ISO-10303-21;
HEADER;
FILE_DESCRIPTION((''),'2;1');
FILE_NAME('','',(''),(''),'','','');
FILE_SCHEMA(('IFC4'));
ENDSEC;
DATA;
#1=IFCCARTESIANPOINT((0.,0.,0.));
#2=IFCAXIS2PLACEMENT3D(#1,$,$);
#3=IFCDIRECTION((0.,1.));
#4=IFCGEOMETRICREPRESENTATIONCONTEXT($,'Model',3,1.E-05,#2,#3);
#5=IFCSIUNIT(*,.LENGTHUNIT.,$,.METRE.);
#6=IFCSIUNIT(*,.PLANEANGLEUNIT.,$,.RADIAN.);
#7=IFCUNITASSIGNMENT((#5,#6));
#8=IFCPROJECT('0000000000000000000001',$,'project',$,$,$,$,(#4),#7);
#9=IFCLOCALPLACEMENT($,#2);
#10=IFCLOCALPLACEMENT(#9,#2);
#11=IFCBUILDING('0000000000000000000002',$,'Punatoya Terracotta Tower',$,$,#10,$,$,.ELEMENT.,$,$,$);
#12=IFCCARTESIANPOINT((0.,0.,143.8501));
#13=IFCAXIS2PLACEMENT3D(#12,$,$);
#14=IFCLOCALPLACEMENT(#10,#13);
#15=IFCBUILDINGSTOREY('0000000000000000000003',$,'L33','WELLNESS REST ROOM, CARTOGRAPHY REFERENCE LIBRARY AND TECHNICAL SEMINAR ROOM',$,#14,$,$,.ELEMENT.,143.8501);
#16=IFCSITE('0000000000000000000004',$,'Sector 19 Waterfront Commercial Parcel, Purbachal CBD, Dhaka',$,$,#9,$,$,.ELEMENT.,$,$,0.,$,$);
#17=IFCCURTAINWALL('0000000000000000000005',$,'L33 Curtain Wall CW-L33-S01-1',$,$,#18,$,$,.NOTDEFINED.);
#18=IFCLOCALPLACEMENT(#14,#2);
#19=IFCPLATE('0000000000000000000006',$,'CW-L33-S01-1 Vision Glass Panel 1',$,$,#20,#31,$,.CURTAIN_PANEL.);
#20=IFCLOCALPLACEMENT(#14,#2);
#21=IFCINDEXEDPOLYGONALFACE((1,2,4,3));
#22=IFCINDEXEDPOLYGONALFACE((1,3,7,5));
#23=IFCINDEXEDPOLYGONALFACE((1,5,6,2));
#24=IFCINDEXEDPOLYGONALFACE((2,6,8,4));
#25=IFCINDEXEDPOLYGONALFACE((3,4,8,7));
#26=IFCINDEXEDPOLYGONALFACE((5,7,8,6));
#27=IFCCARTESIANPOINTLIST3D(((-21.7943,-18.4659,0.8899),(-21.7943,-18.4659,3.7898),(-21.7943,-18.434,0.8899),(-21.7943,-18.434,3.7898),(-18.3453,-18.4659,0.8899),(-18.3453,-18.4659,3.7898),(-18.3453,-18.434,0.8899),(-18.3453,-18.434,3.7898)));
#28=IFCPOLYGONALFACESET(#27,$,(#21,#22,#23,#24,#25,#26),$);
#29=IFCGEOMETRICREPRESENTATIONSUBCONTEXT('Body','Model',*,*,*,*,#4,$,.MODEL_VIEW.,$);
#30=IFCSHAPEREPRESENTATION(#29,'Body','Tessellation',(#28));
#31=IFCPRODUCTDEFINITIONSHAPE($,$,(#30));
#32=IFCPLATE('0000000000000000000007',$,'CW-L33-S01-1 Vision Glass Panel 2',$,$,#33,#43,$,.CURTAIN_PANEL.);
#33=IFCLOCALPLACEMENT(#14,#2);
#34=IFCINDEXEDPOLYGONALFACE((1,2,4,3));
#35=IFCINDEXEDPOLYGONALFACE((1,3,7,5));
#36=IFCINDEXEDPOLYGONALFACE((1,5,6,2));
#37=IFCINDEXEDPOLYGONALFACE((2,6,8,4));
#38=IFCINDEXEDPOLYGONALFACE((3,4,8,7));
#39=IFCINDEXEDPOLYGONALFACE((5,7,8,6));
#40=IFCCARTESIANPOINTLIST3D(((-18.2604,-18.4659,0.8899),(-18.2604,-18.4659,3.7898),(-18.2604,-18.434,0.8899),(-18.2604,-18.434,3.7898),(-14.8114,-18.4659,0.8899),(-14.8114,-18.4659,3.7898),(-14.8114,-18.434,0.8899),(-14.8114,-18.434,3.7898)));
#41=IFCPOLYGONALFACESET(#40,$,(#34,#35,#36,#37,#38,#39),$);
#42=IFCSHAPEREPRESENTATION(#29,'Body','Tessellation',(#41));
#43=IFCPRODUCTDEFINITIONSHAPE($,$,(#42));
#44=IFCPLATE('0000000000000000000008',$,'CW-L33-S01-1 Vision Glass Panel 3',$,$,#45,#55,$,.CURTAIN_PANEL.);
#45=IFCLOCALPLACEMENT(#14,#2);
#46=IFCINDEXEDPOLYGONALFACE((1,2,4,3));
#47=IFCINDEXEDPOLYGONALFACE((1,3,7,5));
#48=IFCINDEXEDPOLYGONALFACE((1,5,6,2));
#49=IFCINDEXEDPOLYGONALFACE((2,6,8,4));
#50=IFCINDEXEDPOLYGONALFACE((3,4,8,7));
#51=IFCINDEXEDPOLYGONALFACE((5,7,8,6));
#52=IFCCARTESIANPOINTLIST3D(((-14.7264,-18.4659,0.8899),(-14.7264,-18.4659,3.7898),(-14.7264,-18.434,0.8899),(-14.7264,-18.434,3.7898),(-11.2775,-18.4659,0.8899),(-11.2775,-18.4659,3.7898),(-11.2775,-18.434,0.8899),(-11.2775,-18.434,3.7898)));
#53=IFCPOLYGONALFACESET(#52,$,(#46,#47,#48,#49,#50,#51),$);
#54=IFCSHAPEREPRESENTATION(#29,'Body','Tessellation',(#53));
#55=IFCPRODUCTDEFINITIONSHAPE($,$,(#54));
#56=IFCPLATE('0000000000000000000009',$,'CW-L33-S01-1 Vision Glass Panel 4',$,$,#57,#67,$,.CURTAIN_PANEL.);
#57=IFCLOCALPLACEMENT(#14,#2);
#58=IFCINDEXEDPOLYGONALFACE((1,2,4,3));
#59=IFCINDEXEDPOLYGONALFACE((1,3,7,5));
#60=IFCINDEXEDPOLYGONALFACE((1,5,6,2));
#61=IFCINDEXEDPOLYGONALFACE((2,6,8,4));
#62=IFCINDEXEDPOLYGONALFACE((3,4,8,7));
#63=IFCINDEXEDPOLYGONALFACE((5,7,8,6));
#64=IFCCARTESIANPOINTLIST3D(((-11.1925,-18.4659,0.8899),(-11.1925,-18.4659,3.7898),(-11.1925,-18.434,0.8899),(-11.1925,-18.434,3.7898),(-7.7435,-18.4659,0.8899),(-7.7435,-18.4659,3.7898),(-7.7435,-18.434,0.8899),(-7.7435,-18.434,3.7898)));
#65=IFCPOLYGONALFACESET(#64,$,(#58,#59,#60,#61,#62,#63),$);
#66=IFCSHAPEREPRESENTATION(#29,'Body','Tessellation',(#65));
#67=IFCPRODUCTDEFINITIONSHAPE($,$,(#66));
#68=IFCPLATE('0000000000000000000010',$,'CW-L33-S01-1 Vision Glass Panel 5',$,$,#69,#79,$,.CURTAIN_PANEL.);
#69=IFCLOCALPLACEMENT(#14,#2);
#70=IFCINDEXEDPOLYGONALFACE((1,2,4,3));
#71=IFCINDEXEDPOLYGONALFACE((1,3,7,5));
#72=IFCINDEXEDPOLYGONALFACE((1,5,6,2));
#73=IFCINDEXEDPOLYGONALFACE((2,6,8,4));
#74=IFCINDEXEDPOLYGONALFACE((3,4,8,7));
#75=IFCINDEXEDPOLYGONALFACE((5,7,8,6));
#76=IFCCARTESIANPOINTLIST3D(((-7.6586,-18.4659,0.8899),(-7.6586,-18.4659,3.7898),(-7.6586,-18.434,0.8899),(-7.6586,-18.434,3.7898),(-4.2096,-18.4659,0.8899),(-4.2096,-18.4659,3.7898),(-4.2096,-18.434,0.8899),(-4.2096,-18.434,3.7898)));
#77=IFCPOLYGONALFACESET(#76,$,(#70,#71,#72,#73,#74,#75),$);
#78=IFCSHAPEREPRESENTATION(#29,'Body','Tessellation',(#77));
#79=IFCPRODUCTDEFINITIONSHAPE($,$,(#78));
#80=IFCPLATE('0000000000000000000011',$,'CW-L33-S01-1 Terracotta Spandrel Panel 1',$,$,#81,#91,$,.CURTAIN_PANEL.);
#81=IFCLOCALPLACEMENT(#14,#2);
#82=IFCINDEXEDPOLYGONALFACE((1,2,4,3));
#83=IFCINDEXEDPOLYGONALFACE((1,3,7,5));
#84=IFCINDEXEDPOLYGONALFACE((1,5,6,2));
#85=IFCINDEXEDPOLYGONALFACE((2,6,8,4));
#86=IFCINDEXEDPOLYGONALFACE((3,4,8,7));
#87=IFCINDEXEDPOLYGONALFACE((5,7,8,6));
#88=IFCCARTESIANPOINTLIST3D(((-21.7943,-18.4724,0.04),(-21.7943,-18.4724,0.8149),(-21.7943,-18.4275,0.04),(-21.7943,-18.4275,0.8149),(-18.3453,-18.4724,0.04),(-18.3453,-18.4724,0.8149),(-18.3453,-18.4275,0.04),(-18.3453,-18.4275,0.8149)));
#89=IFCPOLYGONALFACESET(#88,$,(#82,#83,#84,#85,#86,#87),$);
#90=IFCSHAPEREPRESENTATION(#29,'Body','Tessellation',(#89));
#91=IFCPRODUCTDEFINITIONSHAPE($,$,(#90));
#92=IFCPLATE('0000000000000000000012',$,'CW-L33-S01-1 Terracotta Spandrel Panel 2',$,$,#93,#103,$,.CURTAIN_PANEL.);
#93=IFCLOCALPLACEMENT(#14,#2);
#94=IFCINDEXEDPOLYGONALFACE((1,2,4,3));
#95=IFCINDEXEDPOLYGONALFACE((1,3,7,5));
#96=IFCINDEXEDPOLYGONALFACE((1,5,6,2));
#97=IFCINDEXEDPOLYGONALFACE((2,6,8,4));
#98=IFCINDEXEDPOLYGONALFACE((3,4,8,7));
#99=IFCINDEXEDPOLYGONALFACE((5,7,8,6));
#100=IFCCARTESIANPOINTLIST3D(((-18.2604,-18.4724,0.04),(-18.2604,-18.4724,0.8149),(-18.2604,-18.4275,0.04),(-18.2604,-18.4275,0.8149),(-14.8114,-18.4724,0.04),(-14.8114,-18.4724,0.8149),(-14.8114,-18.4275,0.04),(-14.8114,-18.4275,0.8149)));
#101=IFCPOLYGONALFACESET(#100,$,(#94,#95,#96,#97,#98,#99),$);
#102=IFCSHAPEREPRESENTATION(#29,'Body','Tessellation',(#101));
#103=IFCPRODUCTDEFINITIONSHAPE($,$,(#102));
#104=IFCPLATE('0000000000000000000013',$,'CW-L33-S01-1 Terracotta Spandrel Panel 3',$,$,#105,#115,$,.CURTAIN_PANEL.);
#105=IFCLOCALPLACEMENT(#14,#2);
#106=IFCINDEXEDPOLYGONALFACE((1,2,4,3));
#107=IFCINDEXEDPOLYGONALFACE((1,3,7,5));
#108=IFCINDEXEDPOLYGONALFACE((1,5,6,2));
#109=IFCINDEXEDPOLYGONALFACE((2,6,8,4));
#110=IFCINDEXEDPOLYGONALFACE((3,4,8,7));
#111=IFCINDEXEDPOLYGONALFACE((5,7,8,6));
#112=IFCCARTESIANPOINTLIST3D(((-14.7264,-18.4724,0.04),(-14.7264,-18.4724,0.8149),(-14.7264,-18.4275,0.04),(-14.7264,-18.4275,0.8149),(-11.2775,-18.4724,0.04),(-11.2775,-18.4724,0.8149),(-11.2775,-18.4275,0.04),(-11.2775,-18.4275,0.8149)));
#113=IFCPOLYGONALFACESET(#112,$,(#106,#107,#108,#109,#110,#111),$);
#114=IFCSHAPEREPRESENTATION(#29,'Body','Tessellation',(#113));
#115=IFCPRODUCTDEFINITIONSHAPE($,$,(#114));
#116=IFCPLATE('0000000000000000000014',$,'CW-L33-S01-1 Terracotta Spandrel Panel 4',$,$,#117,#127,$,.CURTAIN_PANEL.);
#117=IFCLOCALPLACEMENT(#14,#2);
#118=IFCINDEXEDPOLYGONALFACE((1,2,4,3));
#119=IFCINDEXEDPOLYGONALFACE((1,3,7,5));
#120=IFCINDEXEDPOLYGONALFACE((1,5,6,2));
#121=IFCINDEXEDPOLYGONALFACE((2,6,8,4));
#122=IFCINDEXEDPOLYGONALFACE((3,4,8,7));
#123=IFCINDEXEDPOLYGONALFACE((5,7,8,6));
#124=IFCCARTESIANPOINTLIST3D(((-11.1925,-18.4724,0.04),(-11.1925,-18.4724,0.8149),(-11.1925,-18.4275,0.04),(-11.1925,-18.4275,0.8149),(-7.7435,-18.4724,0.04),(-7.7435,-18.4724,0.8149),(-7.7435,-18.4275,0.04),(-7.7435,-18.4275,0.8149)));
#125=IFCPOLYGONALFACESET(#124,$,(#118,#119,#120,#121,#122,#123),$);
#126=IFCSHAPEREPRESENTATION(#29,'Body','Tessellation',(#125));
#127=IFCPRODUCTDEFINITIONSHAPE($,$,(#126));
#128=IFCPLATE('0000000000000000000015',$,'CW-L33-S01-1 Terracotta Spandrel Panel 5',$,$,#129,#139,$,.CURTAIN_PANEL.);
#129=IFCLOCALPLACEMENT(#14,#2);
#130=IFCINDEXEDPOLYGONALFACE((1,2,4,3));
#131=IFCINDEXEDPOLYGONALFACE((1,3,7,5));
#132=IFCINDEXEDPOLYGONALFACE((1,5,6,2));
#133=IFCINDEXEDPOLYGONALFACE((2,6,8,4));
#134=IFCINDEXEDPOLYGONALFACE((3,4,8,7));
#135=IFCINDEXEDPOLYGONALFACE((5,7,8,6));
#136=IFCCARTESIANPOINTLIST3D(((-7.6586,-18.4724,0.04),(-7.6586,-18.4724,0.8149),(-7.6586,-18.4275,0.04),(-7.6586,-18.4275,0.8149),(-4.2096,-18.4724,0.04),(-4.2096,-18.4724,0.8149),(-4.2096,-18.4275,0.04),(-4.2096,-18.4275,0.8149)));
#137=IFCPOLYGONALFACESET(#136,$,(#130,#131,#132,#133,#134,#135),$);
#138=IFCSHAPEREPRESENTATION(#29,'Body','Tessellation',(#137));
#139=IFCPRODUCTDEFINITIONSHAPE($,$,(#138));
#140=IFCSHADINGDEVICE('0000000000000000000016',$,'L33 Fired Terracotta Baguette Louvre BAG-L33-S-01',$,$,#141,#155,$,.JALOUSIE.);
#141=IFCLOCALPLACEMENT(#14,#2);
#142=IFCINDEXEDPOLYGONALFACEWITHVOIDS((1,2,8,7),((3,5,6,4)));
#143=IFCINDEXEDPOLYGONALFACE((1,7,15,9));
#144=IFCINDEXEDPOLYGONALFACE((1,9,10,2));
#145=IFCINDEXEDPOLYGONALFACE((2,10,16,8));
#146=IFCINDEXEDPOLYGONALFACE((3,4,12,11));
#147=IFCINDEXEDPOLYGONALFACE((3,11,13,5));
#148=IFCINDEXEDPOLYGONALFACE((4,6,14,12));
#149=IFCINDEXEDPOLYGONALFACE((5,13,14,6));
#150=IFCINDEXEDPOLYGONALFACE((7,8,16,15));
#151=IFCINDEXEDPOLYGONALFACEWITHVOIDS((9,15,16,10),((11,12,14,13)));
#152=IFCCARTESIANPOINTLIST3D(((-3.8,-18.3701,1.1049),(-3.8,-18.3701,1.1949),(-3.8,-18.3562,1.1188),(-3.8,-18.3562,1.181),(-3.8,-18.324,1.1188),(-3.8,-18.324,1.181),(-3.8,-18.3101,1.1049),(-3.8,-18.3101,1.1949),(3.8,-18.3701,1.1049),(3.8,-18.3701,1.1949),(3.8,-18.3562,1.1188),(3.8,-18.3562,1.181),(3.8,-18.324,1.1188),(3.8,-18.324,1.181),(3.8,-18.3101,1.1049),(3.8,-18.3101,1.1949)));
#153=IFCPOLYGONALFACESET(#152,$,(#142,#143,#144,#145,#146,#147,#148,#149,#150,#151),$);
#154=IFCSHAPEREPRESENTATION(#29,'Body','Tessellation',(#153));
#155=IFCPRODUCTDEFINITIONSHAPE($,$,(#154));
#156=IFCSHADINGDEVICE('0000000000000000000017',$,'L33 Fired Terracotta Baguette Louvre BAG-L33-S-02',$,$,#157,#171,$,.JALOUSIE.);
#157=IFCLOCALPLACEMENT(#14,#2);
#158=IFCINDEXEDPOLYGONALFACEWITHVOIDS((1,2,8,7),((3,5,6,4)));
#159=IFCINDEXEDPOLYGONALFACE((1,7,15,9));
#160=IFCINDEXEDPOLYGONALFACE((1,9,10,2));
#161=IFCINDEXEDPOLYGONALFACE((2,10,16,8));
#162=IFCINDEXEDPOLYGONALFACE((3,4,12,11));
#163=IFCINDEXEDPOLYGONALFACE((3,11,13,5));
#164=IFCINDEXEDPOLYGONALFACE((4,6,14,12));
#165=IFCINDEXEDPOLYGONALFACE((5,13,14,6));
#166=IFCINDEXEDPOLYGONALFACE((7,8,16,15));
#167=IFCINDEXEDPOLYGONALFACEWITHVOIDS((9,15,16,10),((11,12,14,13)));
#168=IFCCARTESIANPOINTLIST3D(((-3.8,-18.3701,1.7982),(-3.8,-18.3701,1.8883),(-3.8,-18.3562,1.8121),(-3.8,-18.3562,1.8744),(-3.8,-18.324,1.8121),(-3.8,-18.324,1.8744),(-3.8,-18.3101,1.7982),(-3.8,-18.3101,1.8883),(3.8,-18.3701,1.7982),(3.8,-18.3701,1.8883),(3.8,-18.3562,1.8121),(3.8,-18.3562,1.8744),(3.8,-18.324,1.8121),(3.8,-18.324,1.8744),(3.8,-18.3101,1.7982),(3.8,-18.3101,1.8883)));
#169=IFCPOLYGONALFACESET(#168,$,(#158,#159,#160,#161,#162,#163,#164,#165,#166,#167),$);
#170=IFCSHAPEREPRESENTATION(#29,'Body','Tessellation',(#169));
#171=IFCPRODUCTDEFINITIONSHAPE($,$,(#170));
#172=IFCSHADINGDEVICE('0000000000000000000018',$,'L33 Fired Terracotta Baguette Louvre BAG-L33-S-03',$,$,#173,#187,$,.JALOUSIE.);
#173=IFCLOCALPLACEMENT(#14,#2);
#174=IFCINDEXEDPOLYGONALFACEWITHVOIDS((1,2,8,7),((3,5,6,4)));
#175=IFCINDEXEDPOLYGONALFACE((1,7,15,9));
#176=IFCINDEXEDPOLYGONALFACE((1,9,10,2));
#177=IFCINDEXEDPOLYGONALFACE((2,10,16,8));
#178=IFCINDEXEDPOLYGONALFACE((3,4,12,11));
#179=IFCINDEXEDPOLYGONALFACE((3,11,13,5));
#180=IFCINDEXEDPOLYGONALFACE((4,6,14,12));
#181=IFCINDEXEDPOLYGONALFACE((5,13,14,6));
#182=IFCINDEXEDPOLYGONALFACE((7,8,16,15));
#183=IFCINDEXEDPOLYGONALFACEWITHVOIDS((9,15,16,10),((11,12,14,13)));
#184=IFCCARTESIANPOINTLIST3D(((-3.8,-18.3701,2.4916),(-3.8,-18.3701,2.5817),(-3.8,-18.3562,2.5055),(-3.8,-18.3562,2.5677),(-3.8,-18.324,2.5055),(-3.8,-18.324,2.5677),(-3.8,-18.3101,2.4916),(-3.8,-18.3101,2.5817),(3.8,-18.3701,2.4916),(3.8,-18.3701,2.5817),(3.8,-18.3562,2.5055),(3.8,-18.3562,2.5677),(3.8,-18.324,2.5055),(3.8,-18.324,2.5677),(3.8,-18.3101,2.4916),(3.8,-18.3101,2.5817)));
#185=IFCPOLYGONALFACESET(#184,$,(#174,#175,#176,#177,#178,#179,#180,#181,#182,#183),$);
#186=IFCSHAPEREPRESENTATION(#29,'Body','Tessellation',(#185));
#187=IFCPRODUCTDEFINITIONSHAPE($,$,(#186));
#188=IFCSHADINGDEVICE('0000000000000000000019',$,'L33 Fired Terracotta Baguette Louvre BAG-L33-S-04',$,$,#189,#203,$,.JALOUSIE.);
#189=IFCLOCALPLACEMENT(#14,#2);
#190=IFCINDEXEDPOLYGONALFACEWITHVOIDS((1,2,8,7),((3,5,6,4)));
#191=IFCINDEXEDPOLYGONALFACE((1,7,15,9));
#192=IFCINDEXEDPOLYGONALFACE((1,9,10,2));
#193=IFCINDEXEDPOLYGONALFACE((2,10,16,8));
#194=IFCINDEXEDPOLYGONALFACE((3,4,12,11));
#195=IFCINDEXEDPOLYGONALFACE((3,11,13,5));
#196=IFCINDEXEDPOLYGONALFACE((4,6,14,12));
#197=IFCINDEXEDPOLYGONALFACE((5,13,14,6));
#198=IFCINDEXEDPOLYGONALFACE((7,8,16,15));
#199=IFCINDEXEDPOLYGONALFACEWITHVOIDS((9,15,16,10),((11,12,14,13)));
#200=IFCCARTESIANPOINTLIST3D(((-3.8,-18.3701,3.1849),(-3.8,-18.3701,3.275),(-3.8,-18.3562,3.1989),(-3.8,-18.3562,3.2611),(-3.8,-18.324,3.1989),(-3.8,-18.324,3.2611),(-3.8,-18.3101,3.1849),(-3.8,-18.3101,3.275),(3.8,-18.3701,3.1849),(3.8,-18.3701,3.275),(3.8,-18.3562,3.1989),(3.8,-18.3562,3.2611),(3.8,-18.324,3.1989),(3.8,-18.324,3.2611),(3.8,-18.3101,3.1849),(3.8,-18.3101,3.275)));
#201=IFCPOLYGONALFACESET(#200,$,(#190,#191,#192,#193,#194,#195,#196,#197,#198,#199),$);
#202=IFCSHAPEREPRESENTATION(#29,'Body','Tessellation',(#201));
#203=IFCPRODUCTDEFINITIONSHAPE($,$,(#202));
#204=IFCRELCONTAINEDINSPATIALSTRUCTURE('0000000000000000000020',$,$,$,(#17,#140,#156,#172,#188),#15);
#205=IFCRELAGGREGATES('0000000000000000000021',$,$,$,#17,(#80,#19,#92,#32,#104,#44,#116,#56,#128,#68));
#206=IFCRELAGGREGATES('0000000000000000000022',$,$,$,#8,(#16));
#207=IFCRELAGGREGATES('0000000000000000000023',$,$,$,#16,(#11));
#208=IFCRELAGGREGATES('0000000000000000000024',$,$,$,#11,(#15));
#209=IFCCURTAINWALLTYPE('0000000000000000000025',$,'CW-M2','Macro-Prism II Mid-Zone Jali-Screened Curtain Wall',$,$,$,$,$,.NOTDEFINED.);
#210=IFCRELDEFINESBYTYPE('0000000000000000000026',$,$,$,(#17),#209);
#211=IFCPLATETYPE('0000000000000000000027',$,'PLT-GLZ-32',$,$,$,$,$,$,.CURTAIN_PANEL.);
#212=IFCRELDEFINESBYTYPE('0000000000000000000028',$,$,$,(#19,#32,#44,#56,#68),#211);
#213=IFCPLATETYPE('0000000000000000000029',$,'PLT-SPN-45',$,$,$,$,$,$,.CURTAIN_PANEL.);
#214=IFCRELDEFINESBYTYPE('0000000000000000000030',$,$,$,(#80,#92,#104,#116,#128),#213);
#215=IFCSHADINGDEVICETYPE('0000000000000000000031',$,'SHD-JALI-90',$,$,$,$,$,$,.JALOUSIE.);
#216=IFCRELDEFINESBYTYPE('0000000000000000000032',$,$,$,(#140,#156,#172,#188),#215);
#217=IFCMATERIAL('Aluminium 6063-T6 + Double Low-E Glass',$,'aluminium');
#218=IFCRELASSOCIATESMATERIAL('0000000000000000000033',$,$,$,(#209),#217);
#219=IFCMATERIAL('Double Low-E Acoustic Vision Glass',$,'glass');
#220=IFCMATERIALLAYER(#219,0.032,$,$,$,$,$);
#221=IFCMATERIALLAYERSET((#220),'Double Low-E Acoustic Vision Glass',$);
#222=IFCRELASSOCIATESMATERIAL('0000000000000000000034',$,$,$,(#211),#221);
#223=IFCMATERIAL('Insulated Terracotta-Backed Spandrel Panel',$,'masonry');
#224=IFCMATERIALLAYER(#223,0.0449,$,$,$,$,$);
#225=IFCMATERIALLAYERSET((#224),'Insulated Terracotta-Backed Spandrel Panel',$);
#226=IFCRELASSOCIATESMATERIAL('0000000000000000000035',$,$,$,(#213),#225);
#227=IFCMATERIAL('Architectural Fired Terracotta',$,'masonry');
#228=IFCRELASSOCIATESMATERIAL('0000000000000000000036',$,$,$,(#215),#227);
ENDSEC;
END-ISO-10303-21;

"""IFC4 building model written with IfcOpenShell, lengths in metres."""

from ifc_helpers import new_model, si_unit, direction, frame, origin, origin_2d, place, context, subcontext, project, spatial, rectangle, hollow_rectangle, extrude, material, layer, layer_set, material_profile, profile_set, type_object, element, aggregate, save


model = new_model("IFC4")

# Units and contexts
model_context = context("Model", 3, precision=1e-05, world=origin(), true_north=direction((0.0, 1.0)))
body_context = subcontext(model_context, "Body", "Model", "MODEL_VIEW")
ifc_project = project(units=[si_unit("LENGTHUNIT", "METRE"), si_unit("PLANEANGLEUNIT", "RADIAN")], contexts=[model_context])

# Site, building, storey
site_placement = place(None, origin())
site = spatial("IfcSite", under=ifc_project, at=site_placement, Name="Sector 19 Waterfront Commercial Parcel, Purbachal CBD, Dhaka", CompositionType="ELEMENT", RefElevation=0.0)
building_placement = place(site_placement, origin())
building = spatial("IfcBuilding", under=site, at=building_placement, Name="Punatoya Terracotta Tower", CompositionType="ELEMENT")
storey_placement = place(building_placement, frame((0.0, 0.0, 143.8501)))
storey = spatial("IfcBuildingStorey", under=building, at=storey_placement, Name="L33", Description="WELLNESS REST ROOM, CARTOGRAPHY REFERENCE LIBRARY AND TECHNICAL SEMINAR ROOM", CompositionType="ELEMENT", Elevation=143.8501)

# Curtain wall
ifc_material_1 = material(Name="Aluminium 6063-T6 + Double Low-E Glass", Category="aluminium")
curtain_wall_type = type_object("IfcCurtainWallType", Name="CW-M2", Description="Macro-Prism II Mid-Zone Jali-Screened Curtain Wall", PredefinedType="NOTDEFINED", material=ifc_material_1)
curtain_wall_placement = place(storey_placement, origin())
curtain_wall = element("IfcCurtainWall", 1, at=curtain_wall_placement, inside=storey, type_object=curtain_wall_type, Name="L33 Curtain Wall CW-L33-S01-1", PredefinedType="NOTDEFINED")

# Plates
ifc_material_2 = material(Name="Double Low-E Acoustic Vision Glass", Category="glass")
ifc_layer_1 = layer(ifc_material_2, 0.032)
ifc_layer_set_1 = layer_set([ifc_layer_1], Name="Double Low-E Acoustic Vision Glass")
plate_type_1 = type_object("IfcPlateType", Name="PLT-GLZ-32", PredefinedType="CURTAIN_PANEL", material=ifc_layer_set_1)
plate_1_placement = place(storey_placement, frame((-20.0698, -18.45, 0.8899), z_axis=(0.0, 0.0, 1.0), x_axis=(1.0, 0.0, 0.0)))
plate_1 = element("IfcPlate", 2, at=plate_1_placement, type_object=plate_type_1, Name="CW-L33-S01-1 Vision Glass Panel 1", PredefinedType="CURTAIN_PANEL", context=body_context, shape_type="SweptSolid", body=[
    extrude(rectangle(XDim=3.449, YDim=0.032, at=origin_2d()), origin(), (0.0, 0.0, 1.0), 2.8999),
])
plate_2_placement = place(storey_placement, frame((-16.5359, -18.45, 0.8899), z_axis=(0.0, 0.0, 1.0), x_axis=(1.0, 0.0, 0.0)))
plate_2 = element("IfcPlate", 3, at=plate_2_placement, type_object=plate_type_1, Name="CW-L33-S01-1 Vision Glass Panel 2", PredefinedType="CURTAIN_PANEL", context=body_context, shape_type="SweptSolid", body=[
    extrude(rectangle(XDim=3.449, YDim=0.032, at=origin_2d()), origin(), (0.0, 0.0, 1.0), 2.8999),
])
plate_3_placement = place(storey_placement, frame((-13.002, -18.45, 0.8899), z_axis=(0.0, 0.0, 1.0), x_axis=(1.0, 0.0, 0.0)))
plate_3 = element("IfcPlate", 4, at=plate_3_placement, type_object=plate_type_1, Name="CW-L33-S01-1 Vision Glass Panel 3", PredefinedType="CURTAIN_PANEL", context=body_context, shape_type="SweptSolid", body=[
    extrude(rectangle(XDim=3.449, YDim=0.032, at=origin_2d()), origin(), (0.0, 0.0, 1.0), 2.8999),
])
plate_4_placement = place(storey_placement, frame((-9.468, -18.45, 0.8899), z_axis=(0.0, 0.0, 1.0), x_axis=(1.0, 0.0, 0.0)))
plate_4 = element("IfcPlate", 5, at=plate_4_placement, type_object=plate_type_1, Name="CW-L33-S01-1 Vision Glass Panel 4", PredefinedType="CURTAIN_PANEL", context=body_context, shape_type="SweptSolid", body=[
    extrude(rectangle(XDim=3.449, YDim=0.032, at=origin_2d()), origin(), (0.0, 0.0, 1.0), 2.8999),
])
plate_5_placement = place(storey_placement, frame((-5.9341, -18.45, 0.8899), z_axis=(0.0, 0.0, 1.0), x_axis=(1.0, 0.0, 0.0)))
plate_5 = element("IfcPlate", 6, at=plate_5_placement, type_object=plate_type_1, Name="CW-L33-S01-1 Vision Glass Panel 5", PredefinedType="CURTAIN_PANEL", context=body_context, shape_type="SweptSolid", body=[
    extrude(rectangle(XDim=3.449, YDim=0.032, at=origin_2d()), origin(), (0.0, 0.0, 1.0), 2.8999),
])
ifc_material_3 = material(Name="Insulated Terracotta-Backed Spandrel Panel", Category="masonry")
ifc_layer_2 = layer(ifc_material_3, 0.0449)
ifc_layer_set_2 = layer_set([ifc_layer_2], Name="Insulated Terracotta-Backed Spandrel Panel")
plate_type_2 = type_object("IfcPlateType", Name="PLT-SPN-45", PredefinedType="CURTAIN_PANEL", material=ifc_layer_set_2)
plate_6_placement = place(storey_placement, frame((-20.0698, -18.45, 0.04), z_axis=(0.0, 0.0, 1.0), x_axis=(1.0, 0.0, 0.0)))
plate_6 = element("IfcPlate", 7, at=plate_6_placement, type_object=plate_type_2, Name="CW-L33-S01-1 Terracotta Spandrel Panel 1", PredefinedType="CURTAIN_PANEL", context=body_context, shape_type="SweptSolid", body=[
    extrude(rectangle(XDim=3.449, YDim=0.0449, at=origin_2d()), origin(), (0.0, 0.0, 1.0), 0.7749),
])
plate_7_placement = place(storey_placement, frame((-16.5359, -18.45, 0.04), z_axis=(0.0, 0.0, 1.0), x_axis=(1.0, 0.0, 0.0)))
plate_7 = element("IfcPlate", 8, at=plate_7_placement, type_object=plate_type_2, Name="CW-L33-S01-1 Terracotta Spandrel Panel 2", PredefinedType="CURTAIN_PANEL", context=body_context, shape_type="SweptSolid", body=[
    extrude(rectangle(XDim=3.449, YDim=0.0449, at=origin_2d()), origin(), (0.0, 0.0, 1.0), 0.7749),
])
plate_8_placement = place(storey_placement, frame((-13.002, -18.45, 0.04), z_axis=(0.0, 0.0, 1.0), x_axis=(1.0, 0.0, 0.0)))
plate_8 = element("IfcPlate", 9, at=plate_8_placement, type_object=plate_type_2, Name="CW-L33-S01-1 Terracotta Spandrel Panel 3", PredefinedType="CURTAIN_PANEL", context=body_context, shape_type="SweptSolid", body=[
    extrude(rectangle(XDim=3.449, YDim=0.0449, at=origin_2d()), origin(), (0.0, 0.0, 1.0), 0.7749),
])
plate_9_placement = place(storey_placement, frame((-9.468, -18.45, 0.04), z_axis=(0.0, 0.0, 1.0), x_axis=(1.0, 0.0, 0.0)))
plate_9 = element("IfcPlate", 10, at=plate_9_placement, type_object=plate_type_2, Name="CW-L33-S01-1 Terracotta Spandrel Panel 4", PredefinedType="CURTAIN_PANEL", context=body_context, shape_type="SweptSolid", body=[
    extrude(rectangle(XDim=3.449, YDim=0.0449, at=origin_2d()), origin(), (0.0, 0.0, 1.0), 0.7749),
])
plate_10_placement = place(storey_placement, frame((-5.9341, -18.45, 0.04), z_axis=(0.0, 0.0, 1.0), x_axis=(1.0, 0.0, 0.0)))
plate_10 = element("IfcPlate", 11, at=plate_10_placement, type_object=plate_type_2, Name="CW-L33-S01-1 Terracotta Spandrel Panel 5", PredefinedType="CURTAIN_PANEL", context=body_context, shape_type="SweptSolid", body=[
    extrude(rectangle(XDim=3.449, YDim=0.0449, at=origin_2d()), origin(), (0.0, 0.0, 1.0), 0.7749),
])
aggregate(curtain_wall, [plate_6, plate_1, plate_7, plate_2, plate_8, plate_3, plate_9, plate_4, plate_10, plate_5])

# Shading devices
ifc_material_4 = material(Name="Architectural Fired Terracotta", Category="masonry")
ifc_material_profile_1 = material_profile(ifc_material_4, hollow_rectangle(XDim=0.0601, YDim=0.0901, WallThickness=0.0139, at=origin_2d()))
ifc_profile_set_1 = profile_set([ifc_material_profile_1], Name="Architectural Fired Terracotta")
shading_device_type = type_object("IfcShadingDeviceType", Name="SHD-JALI-90", PredefinedType="JALOUSIE", material=ifc_profile_set_1)
for number, where, z_axis, x_axis, name in (
    (12, (-3.8, -18.3401, 1.1499), (1.0, 0.0, 0.0), (0.0, 1.0, 0.0), "L33 Fired Terracotta Baguette Louvre BAG-L33-S-01"),
    (13, (-3.8, -18.3401, 1.8433), (1.0, 0.0, 0.0), (0.0, 1.0, 0.0), "L33 Fired Terracotta Baguette Louvre BAG-L33-S-02"),
    (14, (-3.8, -18.3401, 2.5366), (1.0, 0.0, 0.0), (0.0, 1.0, 0.0), "L33 Fired Terracotta Baguette Louvre BAG-L33-S-03"),
    (15, (-3.8, -18.3401, 3.23), (1.0, 0.0, 0.0), (0.0, 1.0, 0.0), "L33 Fired Terracotta Baguette Louvre BAG-L33-S-04"),
):
    element("IfcShadingDevice", number, at=place(storey_placement, frame(where, z_axis=z_axis, x_axis=x_axis)), inside=storey, type_object=shading_device_type, Name=name, PredefinedType="JALOUSIE", context=body_context, shape_type="SweptSolid", body=[
        extrude(hollow_rectangle(XDim=0.0601, YDim=0.0901, WallThickness=0.0139, at=origin_2d()), origin(), (0.0, 0.0, 1.0), 7.6001),
    ])

save(model, "model.ifc")
